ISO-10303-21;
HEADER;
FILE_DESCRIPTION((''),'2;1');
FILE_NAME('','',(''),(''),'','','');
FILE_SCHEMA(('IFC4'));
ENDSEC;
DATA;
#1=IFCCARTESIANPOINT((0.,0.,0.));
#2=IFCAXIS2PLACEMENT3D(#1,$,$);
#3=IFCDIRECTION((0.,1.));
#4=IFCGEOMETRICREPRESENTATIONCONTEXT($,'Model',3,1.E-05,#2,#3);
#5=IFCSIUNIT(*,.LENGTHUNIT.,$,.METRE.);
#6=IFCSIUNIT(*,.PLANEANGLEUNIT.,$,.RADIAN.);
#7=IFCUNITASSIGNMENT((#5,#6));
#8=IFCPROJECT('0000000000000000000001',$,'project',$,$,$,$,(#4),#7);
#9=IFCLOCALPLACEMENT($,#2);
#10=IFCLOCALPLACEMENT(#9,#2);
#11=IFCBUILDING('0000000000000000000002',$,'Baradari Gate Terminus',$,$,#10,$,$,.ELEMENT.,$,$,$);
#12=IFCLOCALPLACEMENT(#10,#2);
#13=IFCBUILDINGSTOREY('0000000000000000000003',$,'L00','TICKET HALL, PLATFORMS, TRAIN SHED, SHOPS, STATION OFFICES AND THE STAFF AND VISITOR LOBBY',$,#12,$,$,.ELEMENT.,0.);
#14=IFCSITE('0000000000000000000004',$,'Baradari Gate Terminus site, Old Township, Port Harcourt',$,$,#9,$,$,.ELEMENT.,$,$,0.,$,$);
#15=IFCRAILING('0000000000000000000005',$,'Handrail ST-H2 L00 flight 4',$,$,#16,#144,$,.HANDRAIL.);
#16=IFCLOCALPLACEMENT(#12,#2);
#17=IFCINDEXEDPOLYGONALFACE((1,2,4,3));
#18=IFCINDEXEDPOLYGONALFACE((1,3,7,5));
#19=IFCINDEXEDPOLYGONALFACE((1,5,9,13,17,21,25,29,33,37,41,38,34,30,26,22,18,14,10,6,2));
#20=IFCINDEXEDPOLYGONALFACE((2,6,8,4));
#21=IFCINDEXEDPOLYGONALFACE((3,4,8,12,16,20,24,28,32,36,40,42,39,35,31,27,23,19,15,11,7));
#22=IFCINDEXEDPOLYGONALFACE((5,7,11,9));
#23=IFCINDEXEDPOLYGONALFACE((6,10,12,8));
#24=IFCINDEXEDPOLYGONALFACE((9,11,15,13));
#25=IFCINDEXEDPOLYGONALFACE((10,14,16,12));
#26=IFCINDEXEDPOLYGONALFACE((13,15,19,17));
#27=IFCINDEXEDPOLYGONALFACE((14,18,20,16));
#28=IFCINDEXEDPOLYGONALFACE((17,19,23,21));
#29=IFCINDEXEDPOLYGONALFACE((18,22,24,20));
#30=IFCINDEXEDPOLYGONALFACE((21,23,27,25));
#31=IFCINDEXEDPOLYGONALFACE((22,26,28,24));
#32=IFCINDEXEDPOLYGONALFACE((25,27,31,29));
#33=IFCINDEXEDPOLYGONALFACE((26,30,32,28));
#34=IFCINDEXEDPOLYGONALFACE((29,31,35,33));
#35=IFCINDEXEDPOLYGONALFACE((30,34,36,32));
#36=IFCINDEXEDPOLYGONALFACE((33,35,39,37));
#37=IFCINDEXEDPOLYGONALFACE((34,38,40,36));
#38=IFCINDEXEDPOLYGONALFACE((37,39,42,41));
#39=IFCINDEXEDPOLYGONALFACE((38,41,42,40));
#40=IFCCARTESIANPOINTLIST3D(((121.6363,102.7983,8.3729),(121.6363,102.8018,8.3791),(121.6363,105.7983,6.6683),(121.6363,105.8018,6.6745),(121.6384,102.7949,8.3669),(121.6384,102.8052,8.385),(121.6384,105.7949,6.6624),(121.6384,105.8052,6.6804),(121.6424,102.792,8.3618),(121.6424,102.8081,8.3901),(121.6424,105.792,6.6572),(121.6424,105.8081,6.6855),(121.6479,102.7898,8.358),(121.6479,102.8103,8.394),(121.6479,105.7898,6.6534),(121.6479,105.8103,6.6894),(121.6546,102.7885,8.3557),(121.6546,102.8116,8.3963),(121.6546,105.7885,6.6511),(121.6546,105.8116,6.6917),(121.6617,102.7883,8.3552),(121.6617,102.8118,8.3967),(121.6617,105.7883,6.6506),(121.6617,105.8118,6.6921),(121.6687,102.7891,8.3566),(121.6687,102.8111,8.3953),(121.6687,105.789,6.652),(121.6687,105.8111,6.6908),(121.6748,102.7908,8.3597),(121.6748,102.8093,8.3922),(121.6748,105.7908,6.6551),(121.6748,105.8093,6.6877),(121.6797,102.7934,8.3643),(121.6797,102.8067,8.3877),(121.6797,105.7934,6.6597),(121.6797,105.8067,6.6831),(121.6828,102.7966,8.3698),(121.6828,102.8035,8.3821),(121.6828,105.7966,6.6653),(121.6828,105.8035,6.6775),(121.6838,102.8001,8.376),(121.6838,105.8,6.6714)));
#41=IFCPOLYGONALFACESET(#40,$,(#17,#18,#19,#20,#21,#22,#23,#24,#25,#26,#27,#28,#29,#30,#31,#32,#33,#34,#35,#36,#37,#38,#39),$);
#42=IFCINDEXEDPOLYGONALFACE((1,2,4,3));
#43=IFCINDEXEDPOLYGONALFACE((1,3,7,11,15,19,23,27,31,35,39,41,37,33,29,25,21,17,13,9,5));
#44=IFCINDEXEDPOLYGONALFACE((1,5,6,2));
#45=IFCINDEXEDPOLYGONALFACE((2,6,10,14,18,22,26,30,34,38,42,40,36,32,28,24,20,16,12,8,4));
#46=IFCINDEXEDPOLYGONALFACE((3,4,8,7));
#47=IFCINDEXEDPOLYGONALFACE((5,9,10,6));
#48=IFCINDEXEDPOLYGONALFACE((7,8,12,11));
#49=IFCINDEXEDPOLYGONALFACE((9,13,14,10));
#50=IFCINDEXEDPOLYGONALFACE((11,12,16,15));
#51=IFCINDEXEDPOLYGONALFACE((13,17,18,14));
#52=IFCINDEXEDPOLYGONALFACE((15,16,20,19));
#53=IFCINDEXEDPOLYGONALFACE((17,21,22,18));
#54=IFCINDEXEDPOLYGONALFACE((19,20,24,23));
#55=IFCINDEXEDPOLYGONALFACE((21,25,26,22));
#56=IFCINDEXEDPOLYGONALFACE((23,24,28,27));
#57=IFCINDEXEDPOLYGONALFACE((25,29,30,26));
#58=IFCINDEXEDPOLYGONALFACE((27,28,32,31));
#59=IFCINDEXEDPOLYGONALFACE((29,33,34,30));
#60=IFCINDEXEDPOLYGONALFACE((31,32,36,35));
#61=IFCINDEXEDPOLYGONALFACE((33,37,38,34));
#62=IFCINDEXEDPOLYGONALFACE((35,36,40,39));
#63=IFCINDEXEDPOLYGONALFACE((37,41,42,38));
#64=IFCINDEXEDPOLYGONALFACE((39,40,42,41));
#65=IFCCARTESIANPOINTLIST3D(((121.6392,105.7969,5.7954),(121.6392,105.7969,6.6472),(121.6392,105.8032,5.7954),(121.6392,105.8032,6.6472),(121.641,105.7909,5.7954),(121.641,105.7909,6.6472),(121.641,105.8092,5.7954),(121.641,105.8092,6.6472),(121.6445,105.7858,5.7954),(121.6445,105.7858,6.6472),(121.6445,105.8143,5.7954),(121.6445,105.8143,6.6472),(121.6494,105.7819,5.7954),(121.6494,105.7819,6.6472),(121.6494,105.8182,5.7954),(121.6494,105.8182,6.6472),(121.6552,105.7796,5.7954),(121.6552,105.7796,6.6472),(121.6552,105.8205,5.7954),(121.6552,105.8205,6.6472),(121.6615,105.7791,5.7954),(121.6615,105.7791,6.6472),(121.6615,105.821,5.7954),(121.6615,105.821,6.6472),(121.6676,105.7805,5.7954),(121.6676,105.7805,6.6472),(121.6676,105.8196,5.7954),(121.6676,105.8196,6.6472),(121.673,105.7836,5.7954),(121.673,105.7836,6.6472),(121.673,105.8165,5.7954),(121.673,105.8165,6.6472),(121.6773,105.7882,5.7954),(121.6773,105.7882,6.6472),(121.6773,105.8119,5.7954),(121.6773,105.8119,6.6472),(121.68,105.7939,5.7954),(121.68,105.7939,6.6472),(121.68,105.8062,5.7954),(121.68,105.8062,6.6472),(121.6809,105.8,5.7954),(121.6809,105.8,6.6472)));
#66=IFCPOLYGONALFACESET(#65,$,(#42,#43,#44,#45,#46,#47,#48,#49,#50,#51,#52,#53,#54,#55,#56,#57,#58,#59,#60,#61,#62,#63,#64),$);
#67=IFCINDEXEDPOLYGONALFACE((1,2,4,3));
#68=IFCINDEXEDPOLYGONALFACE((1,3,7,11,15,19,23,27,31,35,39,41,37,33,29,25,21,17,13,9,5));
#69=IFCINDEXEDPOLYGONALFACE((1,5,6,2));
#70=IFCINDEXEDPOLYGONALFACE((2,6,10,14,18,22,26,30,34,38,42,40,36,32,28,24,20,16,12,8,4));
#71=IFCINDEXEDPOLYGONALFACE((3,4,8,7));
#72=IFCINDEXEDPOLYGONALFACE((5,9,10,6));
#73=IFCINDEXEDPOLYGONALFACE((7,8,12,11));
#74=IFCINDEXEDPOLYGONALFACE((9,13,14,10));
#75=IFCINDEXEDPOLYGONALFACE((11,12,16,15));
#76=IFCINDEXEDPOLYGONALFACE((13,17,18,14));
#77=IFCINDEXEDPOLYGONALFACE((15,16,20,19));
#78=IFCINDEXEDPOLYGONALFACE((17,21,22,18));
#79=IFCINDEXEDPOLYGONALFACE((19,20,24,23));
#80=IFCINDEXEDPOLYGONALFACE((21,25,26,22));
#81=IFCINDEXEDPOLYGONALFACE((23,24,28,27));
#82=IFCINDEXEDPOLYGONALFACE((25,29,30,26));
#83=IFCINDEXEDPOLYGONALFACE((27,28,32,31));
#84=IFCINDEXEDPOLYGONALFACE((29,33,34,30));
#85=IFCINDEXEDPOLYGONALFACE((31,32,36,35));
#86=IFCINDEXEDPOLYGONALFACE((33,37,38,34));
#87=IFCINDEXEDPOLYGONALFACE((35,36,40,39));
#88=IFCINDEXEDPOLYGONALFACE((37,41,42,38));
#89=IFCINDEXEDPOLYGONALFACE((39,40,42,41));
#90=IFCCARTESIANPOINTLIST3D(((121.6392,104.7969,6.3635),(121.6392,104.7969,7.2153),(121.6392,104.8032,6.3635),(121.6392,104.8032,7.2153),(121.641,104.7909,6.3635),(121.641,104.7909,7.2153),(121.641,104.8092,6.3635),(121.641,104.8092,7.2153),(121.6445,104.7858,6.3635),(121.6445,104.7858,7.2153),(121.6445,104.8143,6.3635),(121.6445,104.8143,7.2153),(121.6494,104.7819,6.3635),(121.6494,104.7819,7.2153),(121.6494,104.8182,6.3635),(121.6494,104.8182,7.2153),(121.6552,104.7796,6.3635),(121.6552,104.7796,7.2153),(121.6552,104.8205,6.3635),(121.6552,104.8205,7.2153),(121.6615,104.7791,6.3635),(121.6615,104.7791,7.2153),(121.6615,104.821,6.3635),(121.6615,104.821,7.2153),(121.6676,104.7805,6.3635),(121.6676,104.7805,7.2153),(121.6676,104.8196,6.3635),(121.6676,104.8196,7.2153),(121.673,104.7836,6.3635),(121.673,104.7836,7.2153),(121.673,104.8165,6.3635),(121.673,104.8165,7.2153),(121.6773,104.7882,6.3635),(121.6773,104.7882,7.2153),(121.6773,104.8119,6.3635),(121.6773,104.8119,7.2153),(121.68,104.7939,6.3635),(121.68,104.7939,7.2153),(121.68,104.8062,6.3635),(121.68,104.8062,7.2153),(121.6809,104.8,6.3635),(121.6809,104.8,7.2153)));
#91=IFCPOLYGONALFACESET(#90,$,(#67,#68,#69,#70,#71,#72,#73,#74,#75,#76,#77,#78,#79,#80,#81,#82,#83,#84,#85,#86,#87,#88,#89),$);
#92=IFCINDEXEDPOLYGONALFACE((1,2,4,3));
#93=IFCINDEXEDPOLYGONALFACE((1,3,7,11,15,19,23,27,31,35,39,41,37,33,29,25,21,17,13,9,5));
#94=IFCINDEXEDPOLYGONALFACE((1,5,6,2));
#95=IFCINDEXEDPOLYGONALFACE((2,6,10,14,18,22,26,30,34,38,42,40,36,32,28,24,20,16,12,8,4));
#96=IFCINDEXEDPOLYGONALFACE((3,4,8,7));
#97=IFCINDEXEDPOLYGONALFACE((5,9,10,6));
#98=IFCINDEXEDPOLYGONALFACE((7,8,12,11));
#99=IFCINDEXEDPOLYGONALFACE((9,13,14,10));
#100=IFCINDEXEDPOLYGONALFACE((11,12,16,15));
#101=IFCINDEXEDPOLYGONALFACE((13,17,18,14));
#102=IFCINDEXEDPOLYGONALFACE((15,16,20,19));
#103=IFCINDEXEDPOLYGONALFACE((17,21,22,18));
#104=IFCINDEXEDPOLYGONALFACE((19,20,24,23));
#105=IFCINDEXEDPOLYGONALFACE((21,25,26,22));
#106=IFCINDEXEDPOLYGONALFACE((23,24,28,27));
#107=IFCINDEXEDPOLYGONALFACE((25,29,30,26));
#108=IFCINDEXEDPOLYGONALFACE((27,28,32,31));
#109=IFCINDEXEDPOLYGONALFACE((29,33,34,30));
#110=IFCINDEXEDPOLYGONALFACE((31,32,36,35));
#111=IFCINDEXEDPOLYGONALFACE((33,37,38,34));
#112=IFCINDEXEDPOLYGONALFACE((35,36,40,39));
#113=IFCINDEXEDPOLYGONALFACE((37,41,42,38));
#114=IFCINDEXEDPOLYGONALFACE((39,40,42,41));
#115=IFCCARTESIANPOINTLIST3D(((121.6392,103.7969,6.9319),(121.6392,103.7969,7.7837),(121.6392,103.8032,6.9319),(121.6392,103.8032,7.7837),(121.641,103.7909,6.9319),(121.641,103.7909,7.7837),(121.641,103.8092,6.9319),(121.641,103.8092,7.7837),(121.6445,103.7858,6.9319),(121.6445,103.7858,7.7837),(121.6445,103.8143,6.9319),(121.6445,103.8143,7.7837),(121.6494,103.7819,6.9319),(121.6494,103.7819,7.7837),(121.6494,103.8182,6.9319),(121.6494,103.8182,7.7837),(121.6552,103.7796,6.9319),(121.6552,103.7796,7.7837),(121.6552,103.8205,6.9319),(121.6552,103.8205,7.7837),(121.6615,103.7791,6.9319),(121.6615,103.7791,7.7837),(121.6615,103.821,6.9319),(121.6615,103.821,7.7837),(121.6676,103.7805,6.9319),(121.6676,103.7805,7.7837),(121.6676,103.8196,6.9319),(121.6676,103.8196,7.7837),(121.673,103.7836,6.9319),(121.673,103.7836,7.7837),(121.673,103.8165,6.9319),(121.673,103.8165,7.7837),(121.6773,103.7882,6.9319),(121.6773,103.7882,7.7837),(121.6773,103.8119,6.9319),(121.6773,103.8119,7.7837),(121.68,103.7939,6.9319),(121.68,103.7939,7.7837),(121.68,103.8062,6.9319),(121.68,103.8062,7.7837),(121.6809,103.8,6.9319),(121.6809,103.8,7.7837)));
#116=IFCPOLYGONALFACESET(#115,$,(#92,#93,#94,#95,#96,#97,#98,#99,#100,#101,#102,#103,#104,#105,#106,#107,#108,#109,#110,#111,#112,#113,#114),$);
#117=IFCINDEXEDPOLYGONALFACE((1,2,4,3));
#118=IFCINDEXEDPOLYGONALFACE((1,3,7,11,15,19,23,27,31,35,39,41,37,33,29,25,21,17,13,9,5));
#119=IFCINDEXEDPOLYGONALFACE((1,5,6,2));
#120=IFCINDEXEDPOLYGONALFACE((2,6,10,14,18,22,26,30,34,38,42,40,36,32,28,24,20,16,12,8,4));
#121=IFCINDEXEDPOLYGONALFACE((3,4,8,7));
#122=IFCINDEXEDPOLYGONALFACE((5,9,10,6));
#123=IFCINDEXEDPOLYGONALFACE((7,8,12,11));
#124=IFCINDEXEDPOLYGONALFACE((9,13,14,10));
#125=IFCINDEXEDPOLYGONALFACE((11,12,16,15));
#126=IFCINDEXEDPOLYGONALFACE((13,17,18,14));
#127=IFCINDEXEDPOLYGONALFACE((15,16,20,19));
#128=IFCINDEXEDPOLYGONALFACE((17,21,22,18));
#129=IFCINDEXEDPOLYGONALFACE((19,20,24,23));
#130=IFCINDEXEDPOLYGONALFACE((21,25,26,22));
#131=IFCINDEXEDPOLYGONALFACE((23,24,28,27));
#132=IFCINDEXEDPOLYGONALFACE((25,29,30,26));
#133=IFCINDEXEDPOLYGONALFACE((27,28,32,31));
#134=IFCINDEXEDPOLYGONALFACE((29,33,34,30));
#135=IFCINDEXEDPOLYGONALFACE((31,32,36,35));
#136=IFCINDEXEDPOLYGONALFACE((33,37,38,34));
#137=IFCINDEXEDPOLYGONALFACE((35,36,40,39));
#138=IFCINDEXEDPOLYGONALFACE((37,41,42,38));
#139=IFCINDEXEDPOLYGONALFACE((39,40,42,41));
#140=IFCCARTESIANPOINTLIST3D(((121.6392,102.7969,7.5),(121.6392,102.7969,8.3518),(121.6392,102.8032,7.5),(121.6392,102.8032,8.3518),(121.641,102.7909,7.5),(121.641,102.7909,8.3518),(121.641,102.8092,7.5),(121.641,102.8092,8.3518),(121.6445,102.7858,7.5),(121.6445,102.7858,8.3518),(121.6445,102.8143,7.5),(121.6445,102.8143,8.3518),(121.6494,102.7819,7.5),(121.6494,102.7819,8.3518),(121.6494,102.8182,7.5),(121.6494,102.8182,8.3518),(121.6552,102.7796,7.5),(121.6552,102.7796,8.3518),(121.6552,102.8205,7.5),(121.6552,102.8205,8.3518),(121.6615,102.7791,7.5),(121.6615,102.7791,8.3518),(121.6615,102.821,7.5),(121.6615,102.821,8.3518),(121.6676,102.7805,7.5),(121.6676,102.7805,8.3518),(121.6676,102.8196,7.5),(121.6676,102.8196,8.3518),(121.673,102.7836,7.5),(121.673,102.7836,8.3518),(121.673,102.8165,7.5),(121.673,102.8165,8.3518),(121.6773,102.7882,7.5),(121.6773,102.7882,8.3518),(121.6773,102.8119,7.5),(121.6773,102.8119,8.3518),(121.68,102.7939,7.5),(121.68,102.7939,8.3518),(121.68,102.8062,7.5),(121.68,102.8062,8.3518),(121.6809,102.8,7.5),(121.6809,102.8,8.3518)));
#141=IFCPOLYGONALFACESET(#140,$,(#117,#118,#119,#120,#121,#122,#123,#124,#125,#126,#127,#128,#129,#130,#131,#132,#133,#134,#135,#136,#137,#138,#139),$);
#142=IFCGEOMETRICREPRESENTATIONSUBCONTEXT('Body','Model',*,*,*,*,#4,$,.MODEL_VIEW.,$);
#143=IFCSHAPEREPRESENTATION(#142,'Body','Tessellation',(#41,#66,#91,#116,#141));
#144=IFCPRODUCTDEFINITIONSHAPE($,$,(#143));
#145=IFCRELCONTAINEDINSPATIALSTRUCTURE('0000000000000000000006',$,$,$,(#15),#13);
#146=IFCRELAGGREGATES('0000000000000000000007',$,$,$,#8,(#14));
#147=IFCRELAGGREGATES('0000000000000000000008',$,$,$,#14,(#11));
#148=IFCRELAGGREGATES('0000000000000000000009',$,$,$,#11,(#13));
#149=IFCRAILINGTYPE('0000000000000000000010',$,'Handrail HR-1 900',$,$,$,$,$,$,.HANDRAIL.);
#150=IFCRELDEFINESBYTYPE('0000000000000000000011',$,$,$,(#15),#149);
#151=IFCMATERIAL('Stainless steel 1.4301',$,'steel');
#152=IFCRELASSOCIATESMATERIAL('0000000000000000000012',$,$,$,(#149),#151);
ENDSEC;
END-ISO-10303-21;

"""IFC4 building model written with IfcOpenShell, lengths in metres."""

from ifc_helpers import new_model, si_unit, direction, frame, origin, origin_2d, place, context, subcontext, project, spatial, circle, extrude, material, type_object, element, save


model = new_model("IFC4")

# Units and contexts
model_context = context("Model", 3, precision=1e-05, world=origin(), true_north=direction((0.0, 1.0)))
body_context = subcontext(model_context, "Body", "Model", "MODEL_VIEW")
ifc_project = project(units=[si_unit("LENGTHUNIT", "METRE"), si_unit("PLANEANGLEUNIT", "RADIAN")], contexts=[model_context])

# Site, building, storey
site_placement = place(None, origin())
site = spatial("IfcSite", under=ifc_project, at=site_placement, Name="Baradari Gate Terminus site, Old Township, Port Harcourt", CompositionType="ELEMENT", RefElevation=0.0)
building_placement = place(site_placement, origin())
building = spatial("IfcBuilding", under=site, at=building_placement, Name="Baradari Gate Terminus", CompositionType="ELEMENT")
storey_placement = place(building_placement, origin())
storey = spatial("IfcBuildingStorey", under=building, at=storey_placement, Name="L00", Description="TICKET HALL, PLATFORMS, TRAIN SHED, SHOPS, STATION OFFICES AND THE STAFF AND VISITOR LOBBY", CompositionType="ELEMENT", Elevation=0.0)

# Railing
ifc_material_1 = material(Name="Stainless steel 1.4301", Category="steel")
railing_type_1 = type_object("IfcRailingType", Name="Handrail HR-1 900", PredefinedType="HANDRAIL", material=ifc_material_1)
for number, where, name in (
    (1, (121.6599, 105.8, 5.7954), "Handrail ST-H2 L00 flight 4"),
):
    element("IfcRailing", number, at=place(storey_placement, frame(where)), inside=storey, type_object=railing_type_1, Name=name, PredefinedType="HANDRAIL", context=body_context, shape_type="SweptSolid", body=[
        extrude(circle(Radius=0.0239, at=origin_2d()), frame((0.0, 0.0, 0.876), z_axis=(0.0, -0.869451, 0.494019), x_axis=(1.0, 0.0, 0.0)), (0.0, 0.0, 1.0), 3.4504),
        extrude(circle(Radius=0.021, at=origin_2d()), origin(), (0.0, 0.0, 1.0), 0.8518),
        extrude(circle(Radius=0.021, at=origin_2d()), frame((0.0, -1.0, 0.5681)), (0.0, 0.0, 1.0), 0.8518),
        extrude(circle(Radius=0.021, at=origin_2d()), frame((0.0, -2.0, 1.1365)), (0.0, 0.0, 1.0), 0.8518),
        extrude(circle(Radius=0.021, at=origin_2d()), frame((0.0, -3.0, 1.7046)), (0.0, 0.0, 1.0), 0.8518),
    ])

save(model, "model.ifc")
